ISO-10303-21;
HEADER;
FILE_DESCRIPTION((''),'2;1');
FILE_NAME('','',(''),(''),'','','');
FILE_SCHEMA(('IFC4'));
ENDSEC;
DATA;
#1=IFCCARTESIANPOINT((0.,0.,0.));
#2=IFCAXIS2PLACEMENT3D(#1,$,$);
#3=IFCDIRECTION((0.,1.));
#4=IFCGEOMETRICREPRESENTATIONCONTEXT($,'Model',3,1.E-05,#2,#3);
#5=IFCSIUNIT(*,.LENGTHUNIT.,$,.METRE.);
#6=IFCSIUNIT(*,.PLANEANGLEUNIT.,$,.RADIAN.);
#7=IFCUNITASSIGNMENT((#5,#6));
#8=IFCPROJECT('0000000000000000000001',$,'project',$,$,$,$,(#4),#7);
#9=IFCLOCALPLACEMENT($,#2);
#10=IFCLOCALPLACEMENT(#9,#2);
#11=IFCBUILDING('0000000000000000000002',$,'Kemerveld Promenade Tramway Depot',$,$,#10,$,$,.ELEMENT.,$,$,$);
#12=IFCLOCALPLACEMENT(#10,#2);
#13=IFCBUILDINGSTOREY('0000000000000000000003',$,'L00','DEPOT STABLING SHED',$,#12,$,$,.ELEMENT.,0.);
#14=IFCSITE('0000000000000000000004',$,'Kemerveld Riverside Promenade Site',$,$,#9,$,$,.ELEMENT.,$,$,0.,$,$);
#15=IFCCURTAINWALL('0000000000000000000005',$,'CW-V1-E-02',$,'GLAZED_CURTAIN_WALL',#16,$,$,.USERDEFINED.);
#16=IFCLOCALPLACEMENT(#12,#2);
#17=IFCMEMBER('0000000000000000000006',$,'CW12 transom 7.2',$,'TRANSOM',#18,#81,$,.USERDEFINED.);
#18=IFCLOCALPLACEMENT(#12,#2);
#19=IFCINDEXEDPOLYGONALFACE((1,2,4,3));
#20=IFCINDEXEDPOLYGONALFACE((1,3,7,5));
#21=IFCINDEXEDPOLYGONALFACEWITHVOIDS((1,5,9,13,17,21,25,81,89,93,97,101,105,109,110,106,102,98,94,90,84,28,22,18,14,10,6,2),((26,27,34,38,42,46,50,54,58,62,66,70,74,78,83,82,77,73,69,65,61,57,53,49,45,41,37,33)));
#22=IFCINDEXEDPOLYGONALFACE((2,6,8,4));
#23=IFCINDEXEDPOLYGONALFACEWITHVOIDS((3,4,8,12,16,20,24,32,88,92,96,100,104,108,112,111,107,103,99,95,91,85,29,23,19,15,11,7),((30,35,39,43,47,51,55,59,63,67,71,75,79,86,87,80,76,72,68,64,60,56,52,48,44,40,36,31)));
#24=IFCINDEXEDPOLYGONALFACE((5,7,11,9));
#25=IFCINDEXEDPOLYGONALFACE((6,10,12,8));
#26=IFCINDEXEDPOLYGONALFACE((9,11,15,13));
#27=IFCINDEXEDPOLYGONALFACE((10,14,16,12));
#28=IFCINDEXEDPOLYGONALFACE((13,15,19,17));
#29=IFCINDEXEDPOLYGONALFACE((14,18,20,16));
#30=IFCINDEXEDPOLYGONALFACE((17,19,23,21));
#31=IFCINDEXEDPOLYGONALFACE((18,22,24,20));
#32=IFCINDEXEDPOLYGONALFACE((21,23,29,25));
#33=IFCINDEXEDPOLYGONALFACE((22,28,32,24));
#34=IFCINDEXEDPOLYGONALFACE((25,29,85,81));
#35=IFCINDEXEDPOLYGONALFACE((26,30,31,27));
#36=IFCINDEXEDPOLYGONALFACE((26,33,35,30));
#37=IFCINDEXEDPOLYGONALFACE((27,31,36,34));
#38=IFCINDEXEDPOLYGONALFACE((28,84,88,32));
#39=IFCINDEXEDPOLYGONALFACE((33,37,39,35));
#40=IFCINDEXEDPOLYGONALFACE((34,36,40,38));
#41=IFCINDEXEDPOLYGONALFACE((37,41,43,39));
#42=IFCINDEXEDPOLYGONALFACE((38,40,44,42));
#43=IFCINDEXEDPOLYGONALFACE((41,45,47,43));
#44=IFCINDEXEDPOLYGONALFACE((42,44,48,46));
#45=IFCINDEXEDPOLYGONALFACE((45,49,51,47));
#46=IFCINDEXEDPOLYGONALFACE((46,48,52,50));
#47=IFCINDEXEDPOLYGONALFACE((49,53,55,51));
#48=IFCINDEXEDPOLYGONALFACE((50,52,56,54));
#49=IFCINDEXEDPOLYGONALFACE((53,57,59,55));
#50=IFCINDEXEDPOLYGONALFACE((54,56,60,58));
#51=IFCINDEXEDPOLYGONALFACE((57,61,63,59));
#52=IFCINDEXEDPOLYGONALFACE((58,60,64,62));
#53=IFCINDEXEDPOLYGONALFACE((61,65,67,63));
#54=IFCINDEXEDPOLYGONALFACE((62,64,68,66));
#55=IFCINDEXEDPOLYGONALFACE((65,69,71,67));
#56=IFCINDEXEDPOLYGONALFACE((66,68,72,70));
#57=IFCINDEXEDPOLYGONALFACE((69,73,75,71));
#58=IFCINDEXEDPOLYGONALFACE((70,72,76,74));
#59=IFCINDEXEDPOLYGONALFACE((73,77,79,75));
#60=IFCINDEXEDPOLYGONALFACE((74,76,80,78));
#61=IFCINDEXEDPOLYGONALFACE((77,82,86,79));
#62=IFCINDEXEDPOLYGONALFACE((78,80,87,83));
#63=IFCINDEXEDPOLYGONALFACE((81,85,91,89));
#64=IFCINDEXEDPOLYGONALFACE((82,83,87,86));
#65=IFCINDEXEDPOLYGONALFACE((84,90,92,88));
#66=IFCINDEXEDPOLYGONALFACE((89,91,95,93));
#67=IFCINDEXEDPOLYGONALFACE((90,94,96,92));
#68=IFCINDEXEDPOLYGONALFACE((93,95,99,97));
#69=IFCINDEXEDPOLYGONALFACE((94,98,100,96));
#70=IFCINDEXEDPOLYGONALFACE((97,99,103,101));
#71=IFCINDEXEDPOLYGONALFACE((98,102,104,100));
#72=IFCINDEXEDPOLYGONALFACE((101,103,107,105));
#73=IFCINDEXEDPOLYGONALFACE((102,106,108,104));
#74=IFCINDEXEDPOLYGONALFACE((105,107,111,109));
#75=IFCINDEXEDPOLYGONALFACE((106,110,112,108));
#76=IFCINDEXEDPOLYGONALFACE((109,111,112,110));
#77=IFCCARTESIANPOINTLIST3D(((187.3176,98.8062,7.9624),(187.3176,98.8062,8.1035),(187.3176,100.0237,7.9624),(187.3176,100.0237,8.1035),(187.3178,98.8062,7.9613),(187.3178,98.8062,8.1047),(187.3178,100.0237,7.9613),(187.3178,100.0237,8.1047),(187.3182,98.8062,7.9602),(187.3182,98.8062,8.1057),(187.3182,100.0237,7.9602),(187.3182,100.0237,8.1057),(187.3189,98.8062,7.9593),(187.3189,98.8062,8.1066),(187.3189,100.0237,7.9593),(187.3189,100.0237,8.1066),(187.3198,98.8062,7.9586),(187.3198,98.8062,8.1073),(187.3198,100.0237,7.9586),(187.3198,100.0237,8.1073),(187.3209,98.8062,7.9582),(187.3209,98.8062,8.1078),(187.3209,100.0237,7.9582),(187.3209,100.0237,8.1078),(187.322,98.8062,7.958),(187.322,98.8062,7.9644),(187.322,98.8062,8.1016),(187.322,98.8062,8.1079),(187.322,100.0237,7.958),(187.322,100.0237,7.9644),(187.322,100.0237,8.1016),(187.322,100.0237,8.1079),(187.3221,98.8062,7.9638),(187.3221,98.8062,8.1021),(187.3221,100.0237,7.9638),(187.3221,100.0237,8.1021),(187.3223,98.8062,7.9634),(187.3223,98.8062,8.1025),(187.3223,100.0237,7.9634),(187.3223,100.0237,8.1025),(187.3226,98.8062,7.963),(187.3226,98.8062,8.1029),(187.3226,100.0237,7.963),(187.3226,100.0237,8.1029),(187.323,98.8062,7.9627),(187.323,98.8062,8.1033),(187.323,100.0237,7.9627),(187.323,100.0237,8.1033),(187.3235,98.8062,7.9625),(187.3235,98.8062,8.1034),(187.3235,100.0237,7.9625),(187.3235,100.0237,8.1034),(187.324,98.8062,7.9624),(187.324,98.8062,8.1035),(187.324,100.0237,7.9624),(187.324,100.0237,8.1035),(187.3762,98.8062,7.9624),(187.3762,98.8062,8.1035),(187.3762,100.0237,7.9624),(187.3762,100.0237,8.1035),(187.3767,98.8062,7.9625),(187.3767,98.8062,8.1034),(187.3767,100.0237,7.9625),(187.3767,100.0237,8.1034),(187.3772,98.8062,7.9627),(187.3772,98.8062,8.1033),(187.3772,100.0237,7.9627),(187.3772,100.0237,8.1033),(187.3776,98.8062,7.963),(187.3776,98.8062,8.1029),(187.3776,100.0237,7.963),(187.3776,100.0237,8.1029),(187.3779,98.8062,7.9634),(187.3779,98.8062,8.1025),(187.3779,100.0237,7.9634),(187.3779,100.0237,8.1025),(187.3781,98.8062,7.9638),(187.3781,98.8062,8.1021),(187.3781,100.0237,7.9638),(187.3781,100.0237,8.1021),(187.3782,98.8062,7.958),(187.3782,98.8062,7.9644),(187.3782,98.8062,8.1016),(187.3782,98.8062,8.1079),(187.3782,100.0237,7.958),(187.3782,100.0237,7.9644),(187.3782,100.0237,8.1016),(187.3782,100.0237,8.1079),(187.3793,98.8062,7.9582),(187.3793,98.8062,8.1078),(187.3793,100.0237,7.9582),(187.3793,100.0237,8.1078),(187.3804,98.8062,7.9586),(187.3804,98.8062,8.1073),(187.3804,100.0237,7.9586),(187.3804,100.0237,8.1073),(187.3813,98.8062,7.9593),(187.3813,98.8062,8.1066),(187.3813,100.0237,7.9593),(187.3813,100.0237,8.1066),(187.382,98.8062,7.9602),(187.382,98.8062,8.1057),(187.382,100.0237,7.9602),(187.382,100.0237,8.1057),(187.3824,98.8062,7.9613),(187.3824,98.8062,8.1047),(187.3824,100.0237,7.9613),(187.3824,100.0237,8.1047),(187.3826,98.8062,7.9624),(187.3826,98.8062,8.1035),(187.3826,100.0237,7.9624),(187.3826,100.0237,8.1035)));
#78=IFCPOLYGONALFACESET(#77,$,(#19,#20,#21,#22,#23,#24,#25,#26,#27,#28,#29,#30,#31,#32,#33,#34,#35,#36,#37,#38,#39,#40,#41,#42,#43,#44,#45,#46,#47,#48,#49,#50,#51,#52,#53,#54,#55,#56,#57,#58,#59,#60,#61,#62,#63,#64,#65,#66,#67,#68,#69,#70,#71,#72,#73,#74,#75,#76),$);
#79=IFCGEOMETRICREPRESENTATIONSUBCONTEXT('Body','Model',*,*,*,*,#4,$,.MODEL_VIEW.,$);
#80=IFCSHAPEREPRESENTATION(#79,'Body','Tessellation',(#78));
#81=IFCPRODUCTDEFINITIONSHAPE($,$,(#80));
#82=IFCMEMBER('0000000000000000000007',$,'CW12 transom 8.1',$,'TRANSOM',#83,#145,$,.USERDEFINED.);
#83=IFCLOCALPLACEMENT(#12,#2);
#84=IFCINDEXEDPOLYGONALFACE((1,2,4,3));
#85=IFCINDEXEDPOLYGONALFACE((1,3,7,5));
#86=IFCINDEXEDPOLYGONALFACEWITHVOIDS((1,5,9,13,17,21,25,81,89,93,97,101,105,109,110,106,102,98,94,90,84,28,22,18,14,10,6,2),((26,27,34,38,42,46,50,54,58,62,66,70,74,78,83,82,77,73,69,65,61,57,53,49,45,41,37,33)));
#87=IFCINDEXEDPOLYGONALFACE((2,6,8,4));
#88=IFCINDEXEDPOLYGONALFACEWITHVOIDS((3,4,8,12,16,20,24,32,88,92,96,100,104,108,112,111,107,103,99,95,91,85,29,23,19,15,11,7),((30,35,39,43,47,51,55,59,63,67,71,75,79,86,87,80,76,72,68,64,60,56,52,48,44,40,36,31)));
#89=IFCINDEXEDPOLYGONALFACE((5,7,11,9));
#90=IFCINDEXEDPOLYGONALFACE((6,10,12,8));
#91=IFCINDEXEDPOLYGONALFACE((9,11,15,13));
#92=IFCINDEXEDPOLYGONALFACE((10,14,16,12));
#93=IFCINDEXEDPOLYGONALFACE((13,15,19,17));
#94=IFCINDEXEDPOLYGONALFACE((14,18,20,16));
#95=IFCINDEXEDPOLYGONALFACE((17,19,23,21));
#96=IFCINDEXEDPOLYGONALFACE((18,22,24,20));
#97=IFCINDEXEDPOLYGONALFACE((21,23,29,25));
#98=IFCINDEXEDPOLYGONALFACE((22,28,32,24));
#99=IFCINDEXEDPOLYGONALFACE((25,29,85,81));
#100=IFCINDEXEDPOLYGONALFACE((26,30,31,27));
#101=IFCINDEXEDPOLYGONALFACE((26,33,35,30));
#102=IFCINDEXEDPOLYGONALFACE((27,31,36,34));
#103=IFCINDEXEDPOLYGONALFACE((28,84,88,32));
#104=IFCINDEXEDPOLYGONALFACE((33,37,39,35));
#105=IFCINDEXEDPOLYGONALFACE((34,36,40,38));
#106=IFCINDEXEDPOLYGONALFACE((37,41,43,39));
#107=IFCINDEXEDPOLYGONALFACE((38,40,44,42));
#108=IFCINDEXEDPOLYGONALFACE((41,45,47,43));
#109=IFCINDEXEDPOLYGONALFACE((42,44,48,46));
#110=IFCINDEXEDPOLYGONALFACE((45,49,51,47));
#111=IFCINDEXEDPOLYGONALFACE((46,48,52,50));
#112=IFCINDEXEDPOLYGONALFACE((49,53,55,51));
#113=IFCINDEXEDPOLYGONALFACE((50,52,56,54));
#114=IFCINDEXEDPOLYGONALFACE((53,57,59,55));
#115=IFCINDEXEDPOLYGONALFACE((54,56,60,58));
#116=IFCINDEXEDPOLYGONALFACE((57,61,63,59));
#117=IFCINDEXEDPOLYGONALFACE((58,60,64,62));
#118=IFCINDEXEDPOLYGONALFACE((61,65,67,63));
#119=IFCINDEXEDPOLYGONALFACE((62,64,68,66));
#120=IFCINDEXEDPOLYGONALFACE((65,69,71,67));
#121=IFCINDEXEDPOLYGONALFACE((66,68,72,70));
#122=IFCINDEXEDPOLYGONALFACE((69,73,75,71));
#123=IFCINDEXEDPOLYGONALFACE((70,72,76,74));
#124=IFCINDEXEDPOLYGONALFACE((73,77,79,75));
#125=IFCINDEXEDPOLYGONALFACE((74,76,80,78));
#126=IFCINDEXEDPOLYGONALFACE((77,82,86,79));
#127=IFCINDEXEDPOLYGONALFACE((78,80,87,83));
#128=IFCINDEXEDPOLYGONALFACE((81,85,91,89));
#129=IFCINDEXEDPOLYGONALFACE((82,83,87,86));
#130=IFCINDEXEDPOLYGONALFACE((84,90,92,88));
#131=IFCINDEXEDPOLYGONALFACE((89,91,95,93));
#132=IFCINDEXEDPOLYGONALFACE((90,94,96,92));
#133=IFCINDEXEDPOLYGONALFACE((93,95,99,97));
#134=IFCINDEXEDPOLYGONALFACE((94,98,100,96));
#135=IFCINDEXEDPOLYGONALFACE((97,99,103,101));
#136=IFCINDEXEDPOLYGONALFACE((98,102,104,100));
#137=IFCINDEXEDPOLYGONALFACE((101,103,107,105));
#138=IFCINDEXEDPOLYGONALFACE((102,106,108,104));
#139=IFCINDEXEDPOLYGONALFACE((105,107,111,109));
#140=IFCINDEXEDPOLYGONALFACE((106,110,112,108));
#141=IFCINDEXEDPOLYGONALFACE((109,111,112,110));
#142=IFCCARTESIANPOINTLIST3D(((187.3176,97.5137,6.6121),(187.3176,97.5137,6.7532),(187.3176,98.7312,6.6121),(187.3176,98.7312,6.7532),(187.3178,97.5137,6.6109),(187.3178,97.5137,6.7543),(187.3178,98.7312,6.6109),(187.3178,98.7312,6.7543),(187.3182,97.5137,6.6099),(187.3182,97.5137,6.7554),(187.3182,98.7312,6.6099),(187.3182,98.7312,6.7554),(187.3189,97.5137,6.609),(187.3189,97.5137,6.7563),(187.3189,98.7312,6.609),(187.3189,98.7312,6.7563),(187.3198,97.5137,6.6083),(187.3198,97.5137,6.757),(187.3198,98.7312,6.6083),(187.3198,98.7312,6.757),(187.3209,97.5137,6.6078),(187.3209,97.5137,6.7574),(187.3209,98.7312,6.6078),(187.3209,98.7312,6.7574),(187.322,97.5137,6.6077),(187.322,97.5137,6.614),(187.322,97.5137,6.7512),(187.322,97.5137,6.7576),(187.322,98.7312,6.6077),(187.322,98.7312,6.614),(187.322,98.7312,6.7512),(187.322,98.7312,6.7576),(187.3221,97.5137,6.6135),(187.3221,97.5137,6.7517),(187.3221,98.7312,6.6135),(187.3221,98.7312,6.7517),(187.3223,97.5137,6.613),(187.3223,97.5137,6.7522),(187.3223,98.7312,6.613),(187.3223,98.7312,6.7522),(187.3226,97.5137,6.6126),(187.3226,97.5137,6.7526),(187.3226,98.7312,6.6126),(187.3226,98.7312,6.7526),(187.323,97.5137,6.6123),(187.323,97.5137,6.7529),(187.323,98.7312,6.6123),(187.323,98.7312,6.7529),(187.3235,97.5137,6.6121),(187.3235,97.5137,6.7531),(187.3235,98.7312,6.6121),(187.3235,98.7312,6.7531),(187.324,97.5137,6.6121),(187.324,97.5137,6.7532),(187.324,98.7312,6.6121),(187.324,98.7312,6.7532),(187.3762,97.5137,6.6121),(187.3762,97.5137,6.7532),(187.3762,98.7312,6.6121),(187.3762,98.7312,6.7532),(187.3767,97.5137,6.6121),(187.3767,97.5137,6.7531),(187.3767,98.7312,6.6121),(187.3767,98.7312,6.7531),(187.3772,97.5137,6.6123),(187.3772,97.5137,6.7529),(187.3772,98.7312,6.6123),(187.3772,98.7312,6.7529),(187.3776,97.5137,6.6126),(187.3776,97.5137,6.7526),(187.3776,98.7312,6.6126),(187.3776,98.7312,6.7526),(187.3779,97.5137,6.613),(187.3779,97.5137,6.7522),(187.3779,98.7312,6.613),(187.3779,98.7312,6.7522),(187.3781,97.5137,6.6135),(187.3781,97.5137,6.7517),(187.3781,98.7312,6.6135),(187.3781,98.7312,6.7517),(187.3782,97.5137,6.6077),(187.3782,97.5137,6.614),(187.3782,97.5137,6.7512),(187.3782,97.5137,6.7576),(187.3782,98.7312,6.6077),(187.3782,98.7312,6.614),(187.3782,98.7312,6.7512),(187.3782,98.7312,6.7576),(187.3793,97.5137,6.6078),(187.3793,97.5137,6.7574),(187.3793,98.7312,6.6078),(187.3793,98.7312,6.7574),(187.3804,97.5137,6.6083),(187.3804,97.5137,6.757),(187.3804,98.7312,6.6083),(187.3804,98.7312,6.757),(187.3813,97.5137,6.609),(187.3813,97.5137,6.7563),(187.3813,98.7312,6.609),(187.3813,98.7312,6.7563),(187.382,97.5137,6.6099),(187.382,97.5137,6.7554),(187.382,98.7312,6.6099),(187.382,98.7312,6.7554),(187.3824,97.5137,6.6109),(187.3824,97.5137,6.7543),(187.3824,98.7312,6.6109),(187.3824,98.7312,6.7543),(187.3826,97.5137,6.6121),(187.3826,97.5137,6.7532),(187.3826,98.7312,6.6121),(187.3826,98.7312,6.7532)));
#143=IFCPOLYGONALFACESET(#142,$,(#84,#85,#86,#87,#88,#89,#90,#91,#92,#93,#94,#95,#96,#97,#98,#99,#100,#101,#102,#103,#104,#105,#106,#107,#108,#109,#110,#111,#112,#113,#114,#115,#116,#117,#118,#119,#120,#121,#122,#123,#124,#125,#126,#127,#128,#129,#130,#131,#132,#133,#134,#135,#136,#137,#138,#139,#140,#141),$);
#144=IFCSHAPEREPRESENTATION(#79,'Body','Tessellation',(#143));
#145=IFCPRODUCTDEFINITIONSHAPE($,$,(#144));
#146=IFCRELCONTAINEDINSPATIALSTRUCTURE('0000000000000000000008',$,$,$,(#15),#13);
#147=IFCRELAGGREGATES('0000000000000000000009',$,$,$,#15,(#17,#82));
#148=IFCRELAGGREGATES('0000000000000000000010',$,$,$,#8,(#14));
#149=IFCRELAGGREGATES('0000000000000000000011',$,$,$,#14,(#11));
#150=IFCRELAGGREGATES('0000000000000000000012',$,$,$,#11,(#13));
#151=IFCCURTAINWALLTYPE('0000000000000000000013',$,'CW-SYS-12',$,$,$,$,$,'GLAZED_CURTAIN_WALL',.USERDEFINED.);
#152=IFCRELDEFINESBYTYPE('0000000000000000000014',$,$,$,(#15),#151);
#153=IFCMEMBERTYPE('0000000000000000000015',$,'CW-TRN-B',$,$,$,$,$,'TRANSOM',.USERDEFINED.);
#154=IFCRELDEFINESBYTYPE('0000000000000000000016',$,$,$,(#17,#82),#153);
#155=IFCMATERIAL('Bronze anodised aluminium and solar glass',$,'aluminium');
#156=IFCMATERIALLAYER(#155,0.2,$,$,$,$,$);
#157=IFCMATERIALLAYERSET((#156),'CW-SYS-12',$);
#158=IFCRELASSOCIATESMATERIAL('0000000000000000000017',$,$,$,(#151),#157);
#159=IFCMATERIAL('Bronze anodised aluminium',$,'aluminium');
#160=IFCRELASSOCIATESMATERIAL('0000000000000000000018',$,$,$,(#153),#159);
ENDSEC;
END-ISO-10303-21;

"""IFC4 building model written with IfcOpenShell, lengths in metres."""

from ifc_helpers import new_model, si_unit, direction, frame, origin, origin_2d, place, context, subcontext, project, spatial, hollow_rectangle, extrude, material, layer, layer_set, material_profile, profile_set, type_object, element, aggregate, save


model = new_model("IFC4")

# Units and contexts
model_context = context("Model", 3, precision=1e-05, world=origin(), true_north=direction((0.0, 1.0)))
body_context = subcontext(model_context, "Body", "Model", "MODEL_VIEW")
ifc_project = project(units=[si_unit("LENGTHUNIT", "METRE"), si_unit("PLANEANGLEUNIT", "RADIAN")], contexts=[model_context])

# Site, building, storey
site_placement = place(None, origin())
site = spatial("IfcSite", under=ifc_project, at=site_placement, Name="Kemerveld Riverside Promenade Site", CompositionType="ELEMENT", RefElevation=0.0)
building_placement = place(site_placement, origin())
building = spatial("IfcBuilding", under=site, at=building_placement, Name="Kemerveld Promenade Tramway Depot", CompositionType="ELEMENT")
storey_placement = place(building_placement, origin())
storey = spatial("IfcBuildingStorey", under=building, at=storey_placement, Name="L00", Description="DEPOT STABLING SHED", CompositionType="ELEMENT", Elevation=0.0)

# Curtain wall, members
ifc_material_1 = material(Name="Bronze anodised aluminium and solar glass", Category="aluminium")
ifc_layer_1 = layer(ifc_material_1, 0.2)
ifc_layer_set_1 = layer_set([ifc_layer_1], Name="CW-SYS-12")
curtain_wall_type = type_object("IfcCurtainWallType", Name="CW-SYS-12", ElementType="GLAZED_CURTAIN_WALL", PredefinedType="USERDEFINED", material=ifc_layer_set_1)
curtain_wall_placement = place(storey_placement, origin())
curtain_wall = element("IfcCurtainWall", 1, at=curtain_wall_placement, inside=storey, type_object=curtain_wall_type, Name="CW-V1-E-02", ObjectType="GLAZED_CURTAIN_WALL", PredefinedType="USERDEFINED")
ifc_material_2 = material(Name="Bronze anodised aluminium", Category="aluminium")
ifc_material_profile_1 = material_profile(ifc_material_2, hollow_rectangle(XDim=0.0649, YDim=0.1499, WallThickness=0.0044, InnerFilletRadius=0.002, OuterFilletRadius=0.0044, at=origin_2d()), Name="CW-TRN-150x65")
ifc_profile_set_1 = profile_set([ifc_material_profile_1], Name="Bronze anodised aluminium")
member_type_1 = type_object("IfcMemberType", Name="CW-TRN-B", ElementType="TRANSOM", PredefinedType="USERDEFINED", material=ifc_profile_set_1)
member_1_placement = place(storey_placement, frame((187.3501, 100.0237, 8.033), z_axis=(0.0, -1.0, 0.0), x_axis=(1.0, 0.0, 0.0)))
member_1 = element("IfcMember", 2, at=member_1_placement, type_object=member_type_1, Name="CW12 transom 7.2", ObjectType="TRANSOM", PredefinedType="USERDEFINED", context=body_context, shape_type="SweptSolid", body=[
    extrude(hollow_rectangle(XDim=0.0649, YDim=0.1499, WallThickness=0.0044, InnerFilletRadius=0.002, OuterFilletRadius=0.0044, at=origin_2d()), origin(), (0.0, 0.0, 1.0), 1.2175),
])
member_2_placement = place(storey_placement, frame((187.3501, 98.7312, 6.6826), z_axis=(0.0, -1.0, 0.0), x_axis=(1.0, 0.0, 0.0)))
member_2 = element("IfcMember", 3, at=member_2_placement, type_object=member_type_1, Name="CW12 transom 8.1", ObjectType="TRANSOM", PredefinedType="USERDEFINED", context=body_context, shape_type="SweptSolid", body=[
    extrude(hollow_rectangle(XDim=0.0649, YDim=0.1499, WallThickness=0.0044, InnerFilletRadius=0.002, OuterFilletRadius=0.0044, at=origin_2d()), origin(), (0.0, 0.0, 1.0), 1.2175),
])
aggregate(curtain_wall, [member_1, member_2])

save(model, "model.ifc")
